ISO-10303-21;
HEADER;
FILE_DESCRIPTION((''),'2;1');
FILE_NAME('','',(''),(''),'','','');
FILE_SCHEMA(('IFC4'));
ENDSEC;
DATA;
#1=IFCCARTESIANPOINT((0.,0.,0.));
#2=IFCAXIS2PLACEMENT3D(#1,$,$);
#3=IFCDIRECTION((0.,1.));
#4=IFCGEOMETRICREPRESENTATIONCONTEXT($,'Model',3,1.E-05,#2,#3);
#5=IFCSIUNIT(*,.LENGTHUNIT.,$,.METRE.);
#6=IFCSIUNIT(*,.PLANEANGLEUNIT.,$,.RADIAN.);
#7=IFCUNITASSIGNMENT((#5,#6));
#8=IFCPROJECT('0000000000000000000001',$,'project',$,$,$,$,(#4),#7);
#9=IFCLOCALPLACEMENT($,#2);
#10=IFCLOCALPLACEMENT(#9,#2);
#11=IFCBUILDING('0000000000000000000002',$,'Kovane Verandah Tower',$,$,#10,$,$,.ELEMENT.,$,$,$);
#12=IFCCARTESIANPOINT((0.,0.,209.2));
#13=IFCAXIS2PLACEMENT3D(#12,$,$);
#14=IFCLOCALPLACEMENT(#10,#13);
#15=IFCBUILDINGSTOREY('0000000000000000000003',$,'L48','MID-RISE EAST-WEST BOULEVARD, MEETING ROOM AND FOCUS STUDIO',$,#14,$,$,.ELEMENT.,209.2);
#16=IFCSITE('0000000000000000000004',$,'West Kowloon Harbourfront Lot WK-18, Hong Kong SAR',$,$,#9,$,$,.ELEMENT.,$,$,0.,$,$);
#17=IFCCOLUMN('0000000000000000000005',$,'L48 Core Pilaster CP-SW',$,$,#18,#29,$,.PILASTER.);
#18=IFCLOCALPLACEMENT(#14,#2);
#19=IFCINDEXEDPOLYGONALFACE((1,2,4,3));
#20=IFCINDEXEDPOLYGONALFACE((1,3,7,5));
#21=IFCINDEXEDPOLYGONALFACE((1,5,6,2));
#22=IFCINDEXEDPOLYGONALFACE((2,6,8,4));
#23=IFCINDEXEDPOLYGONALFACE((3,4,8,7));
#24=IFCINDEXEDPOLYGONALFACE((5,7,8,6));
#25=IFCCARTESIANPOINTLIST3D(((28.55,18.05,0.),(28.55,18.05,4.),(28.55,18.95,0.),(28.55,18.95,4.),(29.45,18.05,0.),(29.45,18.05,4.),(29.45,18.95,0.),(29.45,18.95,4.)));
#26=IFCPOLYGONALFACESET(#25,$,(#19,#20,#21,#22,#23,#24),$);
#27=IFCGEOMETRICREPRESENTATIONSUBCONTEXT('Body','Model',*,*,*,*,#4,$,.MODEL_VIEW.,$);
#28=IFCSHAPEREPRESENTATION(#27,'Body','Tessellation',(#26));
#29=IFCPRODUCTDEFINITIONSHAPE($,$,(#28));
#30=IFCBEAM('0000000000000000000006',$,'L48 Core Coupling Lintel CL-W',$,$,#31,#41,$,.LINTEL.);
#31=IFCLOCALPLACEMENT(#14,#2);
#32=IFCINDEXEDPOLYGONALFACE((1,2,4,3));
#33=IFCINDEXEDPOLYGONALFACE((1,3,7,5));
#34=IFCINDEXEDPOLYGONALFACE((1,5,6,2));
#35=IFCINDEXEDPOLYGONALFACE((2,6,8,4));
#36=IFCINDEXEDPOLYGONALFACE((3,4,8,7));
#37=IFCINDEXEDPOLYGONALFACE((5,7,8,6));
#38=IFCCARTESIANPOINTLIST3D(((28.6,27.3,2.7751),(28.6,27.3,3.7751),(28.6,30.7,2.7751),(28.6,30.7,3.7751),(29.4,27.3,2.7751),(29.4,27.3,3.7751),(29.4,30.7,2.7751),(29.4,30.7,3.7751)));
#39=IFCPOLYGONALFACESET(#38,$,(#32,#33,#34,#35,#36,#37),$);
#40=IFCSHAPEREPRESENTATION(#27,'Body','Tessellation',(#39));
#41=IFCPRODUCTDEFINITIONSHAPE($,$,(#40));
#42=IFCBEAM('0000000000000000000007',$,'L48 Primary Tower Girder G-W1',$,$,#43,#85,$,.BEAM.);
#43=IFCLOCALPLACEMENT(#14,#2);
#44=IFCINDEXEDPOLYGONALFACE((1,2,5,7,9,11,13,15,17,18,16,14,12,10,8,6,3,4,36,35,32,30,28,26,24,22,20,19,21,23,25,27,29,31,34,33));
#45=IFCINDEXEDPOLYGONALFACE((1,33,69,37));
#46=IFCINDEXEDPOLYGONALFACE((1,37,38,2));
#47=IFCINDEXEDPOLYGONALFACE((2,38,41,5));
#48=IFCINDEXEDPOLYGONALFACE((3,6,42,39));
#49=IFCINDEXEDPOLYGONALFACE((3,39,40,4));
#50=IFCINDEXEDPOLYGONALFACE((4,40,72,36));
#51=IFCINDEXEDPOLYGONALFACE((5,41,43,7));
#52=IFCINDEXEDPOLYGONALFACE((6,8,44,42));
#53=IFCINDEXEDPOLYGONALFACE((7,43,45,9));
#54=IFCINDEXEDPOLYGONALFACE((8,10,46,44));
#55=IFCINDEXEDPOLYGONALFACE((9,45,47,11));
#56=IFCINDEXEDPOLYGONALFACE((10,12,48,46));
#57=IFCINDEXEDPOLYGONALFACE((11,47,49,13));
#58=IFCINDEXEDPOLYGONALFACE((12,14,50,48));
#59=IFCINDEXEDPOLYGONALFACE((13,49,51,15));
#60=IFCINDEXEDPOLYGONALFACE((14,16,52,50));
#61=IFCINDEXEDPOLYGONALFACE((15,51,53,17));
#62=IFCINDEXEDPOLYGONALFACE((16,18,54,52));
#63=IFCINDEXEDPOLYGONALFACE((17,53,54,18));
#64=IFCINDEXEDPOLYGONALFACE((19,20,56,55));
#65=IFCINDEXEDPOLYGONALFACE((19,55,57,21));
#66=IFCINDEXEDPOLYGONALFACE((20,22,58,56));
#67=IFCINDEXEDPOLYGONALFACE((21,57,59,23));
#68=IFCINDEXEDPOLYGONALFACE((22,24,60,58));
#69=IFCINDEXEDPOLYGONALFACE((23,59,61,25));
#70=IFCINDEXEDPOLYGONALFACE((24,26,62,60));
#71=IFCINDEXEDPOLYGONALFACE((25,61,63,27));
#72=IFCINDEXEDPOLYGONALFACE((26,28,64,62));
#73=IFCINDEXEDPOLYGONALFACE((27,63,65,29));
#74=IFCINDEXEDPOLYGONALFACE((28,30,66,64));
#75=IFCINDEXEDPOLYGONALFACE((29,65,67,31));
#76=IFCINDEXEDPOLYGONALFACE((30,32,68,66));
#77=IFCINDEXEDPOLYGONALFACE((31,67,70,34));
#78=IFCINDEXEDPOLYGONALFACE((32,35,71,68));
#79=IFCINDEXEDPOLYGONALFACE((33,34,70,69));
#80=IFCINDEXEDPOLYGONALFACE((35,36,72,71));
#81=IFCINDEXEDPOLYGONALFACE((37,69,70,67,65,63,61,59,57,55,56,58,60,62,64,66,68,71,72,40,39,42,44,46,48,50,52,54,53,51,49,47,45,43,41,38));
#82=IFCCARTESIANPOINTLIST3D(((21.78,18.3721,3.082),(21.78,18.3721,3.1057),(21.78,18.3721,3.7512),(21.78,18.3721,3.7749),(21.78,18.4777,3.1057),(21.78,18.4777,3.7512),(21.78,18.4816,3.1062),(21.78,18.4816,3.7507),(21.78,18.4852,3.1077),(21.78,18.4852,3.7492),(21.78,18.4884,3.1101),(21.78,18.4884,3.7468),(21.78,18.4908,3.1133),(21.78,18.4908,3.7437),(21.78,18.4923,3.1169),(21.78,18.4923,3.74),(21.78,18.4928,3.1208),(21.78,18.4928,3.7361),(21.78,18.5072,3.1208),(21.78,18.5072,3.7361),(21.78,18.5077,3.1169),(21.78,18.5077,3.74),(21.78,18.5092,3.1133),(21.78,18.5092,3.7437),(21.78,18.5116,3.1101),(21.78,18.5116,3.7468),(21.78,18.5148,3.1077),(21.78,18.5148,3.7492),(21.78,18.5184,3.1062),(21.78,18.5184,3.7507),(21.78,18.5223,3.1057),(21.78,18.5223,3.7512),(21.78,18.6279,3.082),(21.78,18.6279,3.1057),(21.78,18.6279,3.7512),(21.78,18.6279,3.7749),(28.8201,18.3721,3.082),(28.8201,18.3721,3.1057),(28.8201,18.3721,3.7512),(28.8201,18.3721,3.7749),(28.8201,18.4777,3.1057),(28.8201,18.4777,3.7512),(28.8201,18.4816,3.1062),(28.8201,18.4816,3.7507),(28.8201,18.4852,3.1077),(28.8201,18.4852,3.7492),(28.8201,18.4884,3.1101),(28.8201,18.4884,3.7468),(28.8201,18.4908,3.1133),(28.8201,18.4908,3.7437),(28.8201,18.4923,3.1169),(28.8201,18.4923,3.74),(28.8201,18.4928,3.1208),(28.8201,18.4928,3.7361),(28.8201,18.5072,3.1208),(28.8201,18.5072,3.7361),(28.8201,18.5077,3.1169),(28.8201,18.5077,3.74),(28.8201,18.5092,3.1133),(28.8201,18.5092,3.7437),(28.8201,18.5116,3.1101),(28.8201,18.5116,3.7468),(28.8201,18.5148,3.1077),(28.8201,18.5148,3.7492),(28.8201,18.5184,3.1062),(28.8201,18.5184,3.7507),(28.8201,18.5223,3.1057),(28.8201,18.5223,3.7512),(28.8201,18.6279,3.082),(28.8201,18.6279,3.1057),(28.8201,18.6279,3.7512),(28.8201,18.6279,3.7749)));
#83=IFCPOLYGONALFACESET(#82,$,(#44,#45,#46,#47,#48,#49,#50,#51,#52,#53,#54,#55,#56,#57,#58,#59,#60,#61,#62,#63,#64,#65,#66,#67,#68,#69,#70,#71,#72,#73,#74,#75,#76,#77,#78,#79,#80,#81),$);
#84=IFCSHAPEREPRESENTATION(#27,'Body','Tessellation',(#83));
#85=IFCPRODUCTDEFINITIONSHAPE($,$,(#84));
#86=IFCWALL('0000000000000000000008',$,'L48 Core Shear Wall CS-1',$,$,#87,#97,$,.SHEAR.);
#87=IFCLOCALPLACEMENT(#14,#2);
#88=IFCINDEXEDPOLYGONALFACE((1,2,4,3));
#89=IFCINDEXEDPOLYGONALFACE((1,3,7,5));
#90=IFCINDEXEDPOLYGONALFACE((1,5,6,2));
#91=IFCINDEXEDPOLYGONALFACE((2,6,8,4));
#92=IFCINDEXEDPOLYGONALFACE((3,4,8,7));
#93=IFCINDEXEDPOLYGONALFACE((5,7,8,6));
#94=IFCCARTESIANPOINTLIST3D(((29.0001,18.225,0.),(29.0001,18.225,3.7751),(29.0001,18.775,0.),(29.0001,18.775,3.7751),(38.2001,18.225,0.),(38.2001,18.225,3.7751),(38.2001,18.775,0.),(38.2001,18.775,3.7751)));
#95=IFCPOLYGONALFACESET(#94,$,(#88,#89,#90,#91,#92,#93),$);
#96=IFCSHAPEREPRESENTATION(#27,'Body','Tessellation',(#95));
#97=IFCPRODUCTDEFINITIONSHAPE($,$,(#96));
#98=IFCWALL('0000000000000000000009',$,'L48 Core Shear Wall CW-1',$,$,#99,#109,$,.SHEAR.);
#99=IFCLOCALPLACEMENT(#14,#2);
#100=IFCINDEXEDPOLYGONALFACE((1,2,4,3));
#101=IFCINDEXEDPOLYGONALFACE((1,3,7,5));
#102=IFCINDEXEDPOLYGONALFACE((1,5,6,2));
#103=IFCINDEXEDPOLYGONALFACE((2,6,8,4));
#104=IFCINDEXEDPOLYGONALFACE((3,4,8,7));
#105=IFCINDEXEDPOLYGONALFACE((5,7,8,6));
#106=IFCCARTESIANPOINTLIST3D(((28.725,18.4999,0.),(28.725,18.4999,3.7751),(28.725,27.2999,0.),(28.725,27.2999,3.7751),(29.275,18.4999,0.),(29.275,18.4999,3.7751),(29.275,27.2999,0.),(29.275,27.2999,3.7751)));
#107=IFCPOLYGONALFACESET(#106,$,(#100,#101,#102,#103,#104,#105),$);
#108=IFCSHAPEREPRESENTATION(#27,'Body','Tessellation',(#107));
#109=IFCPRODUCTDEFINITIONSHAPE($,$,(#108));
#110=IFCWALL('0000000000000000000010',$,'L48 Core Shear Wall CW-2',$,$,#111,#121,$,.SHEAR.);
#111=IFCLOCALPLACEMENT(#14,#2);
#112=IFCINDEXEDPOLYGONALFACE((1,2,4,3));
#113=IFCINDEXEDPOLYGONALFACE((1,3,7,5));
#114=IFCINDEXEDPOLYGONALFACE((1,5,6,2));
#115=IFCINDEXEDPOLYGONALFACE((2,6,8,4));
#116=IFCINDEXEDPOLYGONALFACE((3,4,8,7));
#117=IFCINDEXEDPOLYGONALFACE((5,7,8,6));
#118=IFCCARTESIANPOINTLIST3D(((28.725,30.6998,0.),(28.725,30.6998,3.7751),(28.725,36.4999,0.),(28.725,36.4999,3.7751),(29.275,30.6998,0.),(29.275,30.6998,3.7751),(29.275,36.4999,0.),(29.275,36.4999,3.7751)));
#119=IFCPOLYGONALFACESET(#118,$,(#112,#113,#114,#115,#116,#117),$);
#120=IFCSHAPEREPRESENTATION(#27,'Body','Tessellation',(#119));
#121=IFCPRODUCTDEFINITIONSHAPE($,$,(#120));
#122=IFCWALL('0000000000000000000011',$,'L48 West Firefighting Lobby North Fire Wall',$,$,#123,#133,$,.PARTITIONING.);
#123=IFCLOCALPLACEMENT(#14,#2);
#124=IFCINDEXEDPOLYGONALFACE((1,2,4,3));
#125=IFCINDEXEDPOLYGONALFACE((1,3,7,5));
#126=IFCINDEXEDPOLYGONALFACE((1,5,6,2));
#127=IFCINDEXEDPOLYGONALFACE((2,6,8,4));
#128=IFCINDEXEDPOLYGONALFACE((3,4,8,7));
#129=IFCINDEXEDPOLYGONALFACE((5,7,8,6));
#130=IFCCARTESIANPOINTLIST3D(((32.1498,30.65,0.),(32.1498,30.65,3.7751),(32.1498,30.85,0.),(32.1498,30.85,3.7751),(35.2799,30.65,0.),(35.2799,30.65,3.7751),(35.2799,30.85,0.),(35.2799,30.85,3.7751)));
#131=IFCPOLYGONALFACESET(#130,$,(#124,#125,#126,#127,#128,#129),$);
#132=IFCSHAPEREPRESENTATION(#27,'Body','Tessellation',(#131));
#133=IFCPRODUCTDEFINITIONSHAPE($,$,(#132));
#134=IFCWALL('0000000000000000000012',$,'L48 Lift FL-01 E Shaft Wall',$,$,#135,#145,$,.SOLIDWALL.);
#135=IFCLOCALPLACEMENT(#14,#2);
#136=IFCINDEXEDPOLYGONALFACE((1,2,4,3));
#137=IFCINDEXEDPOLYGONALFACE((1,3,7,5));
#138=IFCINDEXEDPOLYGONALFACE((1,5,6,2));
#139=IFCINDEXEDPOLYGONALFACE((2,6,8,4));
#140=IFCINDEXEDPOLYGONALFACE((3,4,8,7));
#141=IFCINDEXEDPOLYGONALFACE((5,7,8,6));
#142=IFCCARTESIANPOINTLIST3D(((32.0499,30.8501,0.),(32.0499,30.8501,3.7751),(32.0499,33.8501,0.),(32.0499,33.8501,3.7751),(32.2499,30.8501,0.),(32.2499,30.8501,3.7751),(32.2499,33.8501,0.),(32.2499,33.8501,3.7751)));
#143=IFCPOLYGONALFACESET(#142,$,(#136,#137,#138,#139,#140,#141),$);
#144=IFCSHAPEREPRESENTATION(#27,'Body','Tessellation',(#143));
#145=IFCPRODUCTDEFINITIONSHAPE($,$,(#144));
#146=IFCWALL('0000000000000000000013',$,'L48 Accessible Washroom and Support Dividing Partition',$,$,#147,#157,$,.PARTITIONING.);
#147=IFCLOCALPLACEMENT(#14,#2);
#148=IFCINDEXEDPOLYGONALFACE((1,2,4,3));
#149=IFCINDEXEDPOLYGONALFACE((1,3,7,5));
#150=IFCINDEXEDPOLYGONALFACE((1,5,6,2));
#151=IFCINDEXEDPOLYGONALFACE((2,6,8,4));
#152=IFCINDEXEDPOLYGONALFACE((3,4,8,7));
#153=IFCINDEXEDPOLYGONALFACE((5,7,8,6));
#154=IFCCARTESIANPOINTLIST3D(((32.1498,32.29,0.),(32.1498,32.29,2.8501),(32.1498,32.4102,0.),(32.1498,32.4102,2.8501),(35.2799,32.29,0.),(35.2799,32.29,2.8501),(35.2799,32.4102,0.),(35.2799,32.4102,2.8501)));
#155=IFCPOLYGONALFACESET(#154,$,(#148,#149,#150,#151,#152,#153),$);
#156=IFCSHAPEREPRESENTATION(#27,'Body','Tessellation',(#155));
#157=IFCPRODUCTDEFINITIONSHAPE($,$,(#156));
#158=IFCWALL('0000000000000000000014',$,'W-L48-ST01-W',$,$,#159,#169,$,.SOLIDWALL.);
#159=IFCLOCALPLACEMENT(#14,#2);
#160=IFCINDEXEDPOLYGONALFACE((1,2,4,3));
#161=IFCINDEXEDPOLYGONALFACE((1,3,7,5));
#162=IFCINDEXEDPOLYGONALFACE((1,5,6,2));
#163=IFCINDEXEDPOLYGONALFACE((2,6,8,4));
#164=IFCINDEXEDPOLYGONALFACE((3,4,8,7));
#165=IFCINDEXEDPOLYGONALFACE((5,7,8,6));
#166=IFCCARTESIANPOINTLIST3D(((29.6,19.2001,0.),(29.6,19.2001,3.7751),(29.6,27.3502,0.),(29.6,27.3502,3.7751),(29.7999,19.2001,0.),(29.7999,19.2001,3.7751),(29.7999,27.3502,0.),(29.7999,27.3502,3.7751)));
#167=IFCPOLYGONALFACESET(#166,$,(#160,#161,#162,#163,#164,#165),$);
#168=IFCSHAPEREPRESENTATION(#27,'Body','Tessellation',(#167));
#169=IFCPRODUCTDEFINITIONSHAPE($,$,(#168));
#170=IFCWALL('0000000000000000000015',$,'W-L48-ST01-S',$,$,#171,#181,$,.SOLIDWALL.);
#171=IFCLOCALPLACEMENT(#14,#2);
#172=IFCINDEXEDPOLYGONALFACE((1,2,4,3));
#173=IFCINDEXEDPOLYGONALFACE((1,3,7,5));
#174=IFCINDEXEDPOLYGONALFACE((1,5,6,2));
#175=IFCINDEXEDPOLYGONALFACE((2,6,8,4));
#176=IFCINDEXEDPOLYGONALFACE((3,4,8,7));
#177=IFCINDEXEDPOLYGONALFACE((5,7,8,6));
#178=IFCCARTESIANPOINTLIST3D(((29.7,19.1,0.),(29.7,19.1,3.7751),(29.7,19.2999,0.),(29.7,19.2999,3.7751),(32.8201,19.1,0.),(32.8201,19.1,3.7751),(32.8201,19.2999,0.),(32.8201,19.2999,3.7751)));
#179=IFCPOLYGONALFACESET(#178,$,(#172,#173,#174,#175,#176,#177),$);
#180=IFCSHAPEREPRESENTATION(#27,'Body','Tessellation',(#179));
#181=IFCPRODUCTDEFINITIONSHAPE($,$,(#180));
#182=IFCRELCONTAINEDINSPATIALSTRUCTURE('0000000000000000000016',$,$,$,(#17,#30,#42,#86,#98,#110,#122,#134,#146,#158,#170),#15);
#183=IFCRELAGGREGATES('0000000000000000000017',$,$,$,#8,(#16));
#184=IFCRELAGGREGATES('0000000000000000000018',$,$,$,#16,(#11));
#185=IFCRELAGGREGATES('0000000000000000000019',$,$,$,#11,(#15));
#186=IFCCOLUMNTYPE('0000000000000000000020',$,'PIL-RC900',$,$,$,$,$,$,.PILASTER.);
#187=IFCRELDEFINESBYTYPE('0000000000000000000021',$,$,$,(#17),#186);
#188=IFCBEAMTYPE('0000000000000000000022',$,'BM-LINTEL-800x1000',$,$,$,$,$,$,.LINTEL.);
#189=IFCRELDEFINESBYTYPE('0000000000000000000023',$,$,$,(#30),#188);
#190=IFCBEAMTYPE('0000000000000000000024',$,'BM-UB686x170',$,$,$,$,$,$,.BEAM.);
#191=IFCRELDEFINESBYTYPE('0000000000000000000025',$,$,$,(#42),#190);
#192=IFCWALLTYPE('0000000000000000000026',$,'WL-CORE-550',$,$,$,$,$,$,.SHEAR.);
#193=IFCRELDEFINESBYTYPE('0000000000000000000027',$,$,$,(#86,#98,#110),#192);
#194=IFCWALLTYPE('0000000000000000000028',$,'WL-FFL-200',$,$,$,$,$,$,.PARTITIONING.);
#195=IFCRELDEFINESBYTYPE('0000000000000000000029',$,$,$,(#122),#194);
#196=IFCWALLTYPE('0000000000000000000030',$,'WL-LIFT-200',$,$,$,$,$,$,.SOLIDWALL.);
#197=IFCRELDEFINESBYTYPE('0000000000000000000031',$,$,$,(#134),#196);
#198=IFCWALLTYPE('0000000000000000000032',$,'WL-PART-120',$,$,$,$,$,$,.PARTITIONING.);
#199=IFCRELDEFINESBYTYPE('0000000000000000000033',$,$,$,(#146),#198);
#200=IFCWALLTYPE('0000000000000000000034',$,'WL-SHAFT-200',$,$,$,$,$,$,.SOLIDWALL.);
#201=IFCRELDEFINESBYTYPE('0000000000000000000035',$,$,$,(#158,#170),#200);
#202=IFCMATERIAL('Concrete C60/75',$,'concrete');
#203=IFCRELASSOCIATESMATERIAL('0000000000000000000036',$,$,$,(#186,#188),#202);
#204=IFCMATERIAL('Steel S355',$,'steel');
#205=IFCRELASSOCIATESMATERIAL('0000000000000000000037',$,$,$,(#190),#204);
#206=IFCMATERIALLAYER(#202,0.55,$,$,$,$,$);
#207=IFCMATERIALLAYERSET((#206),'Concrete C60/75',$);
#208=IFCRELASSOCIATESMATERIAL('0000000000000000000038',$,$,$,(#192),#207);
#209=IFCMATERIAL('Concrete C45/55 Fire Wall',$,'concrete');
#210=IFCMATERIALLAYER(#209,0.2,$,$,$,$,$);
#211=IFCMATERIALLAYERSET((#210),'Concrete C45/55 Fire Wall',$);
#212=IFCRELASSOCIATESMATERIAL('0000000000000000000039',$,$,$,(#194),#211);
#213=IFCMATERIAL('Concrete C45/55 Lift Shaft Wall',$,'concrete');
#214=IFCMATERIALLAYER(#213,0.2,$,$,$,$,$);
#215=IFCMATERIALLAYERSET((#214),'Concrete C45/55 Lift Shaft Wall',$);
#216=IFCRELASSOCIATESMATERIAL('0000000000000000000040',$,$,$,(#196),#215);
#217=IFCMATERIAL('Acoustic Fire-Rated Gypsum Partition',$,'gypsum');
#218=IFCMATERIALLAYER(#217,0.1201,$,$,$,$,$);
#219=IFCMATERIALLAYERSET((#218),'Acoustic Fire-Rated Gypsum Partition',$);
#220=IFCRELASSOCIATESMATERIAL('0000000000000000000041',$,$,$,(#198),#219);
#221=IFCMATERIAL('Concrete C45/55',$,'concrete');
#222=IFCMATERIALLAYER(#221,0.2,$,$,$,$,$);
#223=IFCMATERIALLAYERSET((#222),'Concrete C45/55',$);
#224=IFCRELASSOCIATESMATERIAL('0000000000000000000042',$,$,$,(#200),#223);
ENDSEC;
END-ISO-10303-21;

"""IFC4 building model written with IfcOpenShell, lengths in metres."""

from ifc_helpers import new_model, si_unit, direction, frame, frame_2d, origin, origin_2d, place, context, subcontext, project, spatial, rectangle, i_section, extrude, material, layer, layer_set, material_profile, profile_set, type_object, element, save


model = new_model("IFC4")

# Units and contexts
model_context = context("Model", 3, precision=1e-05, world=origin(), true_north=direction((0.0, 1.0)))
body_context = subcontext(model_context, "Body", "Model", "MODEL_VIEW")
ifc_project = project(units=[si_unit("LENGTHUNIT", "METRE"), si_unit("PLANEANGLEUNIT", "RADIAN")], contexts=[model_context])

# Site, building, storey
site_placement = place(None, origin())
site = spatial("IfcSite", under=ifc_project, at=site_placement, Name="West Kowloon Harbourfront Lot WK-18, Hong Kong SAR", CompositionType="ELEMENT", RefElevation=0.0)
building_placement = place(site_placement, origin())
building = spatial("IfcBuilding", under=site, at=building_placement, Name="Kovane Verandah Tower", CompositionType="ELEMENT")
storey_placement = place(building_placement, frame((0.0, 0.0, 209.2)))
storey = spatial("IfcBuildingStorey", under=building, at=storey_placement, Name="L48", Description="MID-RISE EAST-WEST BOULEVARD, MEETING ROOM AND FOCUS STUDIO", CompositionType="ELEMENT", Elevation=209.2)

# Column
ifc_material_1 = material(Name="Concrete C60/75", Category="concrete")
ifc_material_profile_1 = material_profile(ifc_material_1, rectangle(XDim=0.8999, YDim=0.8999, at=origin_2d()), Name="RC900x900")
ifc_profile_set_1 = profile_set([ifc_material_profile_1], Name="Concrete C60/75")
column_type = type_object("IfcColumnType", Name="PIL-RC900", PredefinedType="PILASTER", material=ifc_profile_set_1)
column_placement = place(storey_placement, frame((29.0, 18.5, 0.0), z_axis=(0.0, 0.0, 1.0), x_axis=(1.0, 0.0, 0.0)))
element("IfcColumn", 1, at=column_placement, inside=storey, type_object=column_type, Name="L48 Core Pilaster CP-SW", PredefinedType="PILASTER", context=body_context, shape_type="SweptSolid", body=[
    extrude(rectangle(XDim=0.8999, YDim=0.8999, at=origin_2d()), origin(), (0.0, 0.0, 1.0), 4.0),
])

# Beams
ifc_material_profile_2 = material_profile(ifc_material_1, rectangle(XDim=0.8, YDim=1.0, at=origin_2d()), Name="RCB800x1000")
ifc_profile_set_2 = profile_set([ifc_material_profile_2], Name="Concrete C60/75")
beam_type_1 = type_object("IfcBeamType", Name="BM-LINTEL-800x1000", PredefinedType="LINTEL", material=ifc_profile_set_2)
beam_1_placement = place(storey_placement, frame((29.0, 27.3, 3.2751), z_axis=(0.0, 1.0, 0.0), x_axis=(-1.0, 0.0, 0.0)))
element("IfcBeam", 2, at=beam_1_placement, inside=storey, type_object=beam_type_1, Name="L48 Core Coupling Lintel CL-W", PredefinedType="LINTEL", context=body_context, shape_type="SweptSolid", body=[
    extrude(rectangle(XDim=0.8, YDim=1.0, at=origin_2d()), origin(), (0.0, 0.0, 1.0), 3.3999),
])
ifc_material_2 = material(Name="Steel S355", Category="steel")
ifc_material_profile_3 = material_profile(ifc_material_2, i_section(OverallWidth=0.2559, OverallDepth=0.6929, WebThickness=0.0144, FlangeThickness=0.0237, FilletRadius=0.0151, at=origin_2d()), Name="UB686x254x170")
ifc_profile_set_3 = profile_set([ifc_material_profile_3], Name="Steel S355")
beam_type_2 = type_object("IfcBeamType", Name="BM-UB686x170", PredefinedType="BEAM", material=ifc_profile_set_3)
beam_2_placement = place(storey_placement, frame((28.8201, 18.5, 3.4285), z_axis=(-1.0, 0.0, 0.0), x_axis=(0.0, -1.0, 0.0)))
element("IfcBeam", 3, at=beam_2_placement, inside=storey, type_object=beam_type_2, Name="L48 Primary Tower Girder G-W1", PredefinedType="BEAM", context=body_context, shape_type="SweptSolid", body=[
    extrude(i_section(OverallWidth=0.2559, OverallDepth=0.6929, WebThickness=0.0144, FlangeThickness=0.0237, FilletRadius=0.0151, at=origin_2d()), origin(), (0.0, 0.0, 1.0), 7.04),
])

# Walls
ifc_layer_1 = layer(ifc_material_1, 0.55)
ifc_layer_set_1 = layer_set([ifc_layer_1], Name="Concrete C60/75")
wall_type_1 = type_object("IfcWallType", Name="WL-CORE-550", PredefinedType="SHEAR", material=ifc_layer_set_1)
wall_1_placement = place(storey_placement, frame((29.0, 18.5, 0.0), z_axis=(0.0, 0.0, 1.0), x_axis=(1.0, 0.0, 0.0)))
element("IfcWall", 4, at=wall_1_placement, inside=storey, type_object=wall_type_1, Name="L48 Core Shear Wall CS-1", PredefinedType="SHEAR", context=body_context, shape_type="SweptSolid", body=[
    extrude(rectangle(XDim=9.2, YDim=0.55, at=frame_2d((4.6001, 0.0))), origin(), (0.0, 0.0, 1.0), 3.7751),
])
wall_2_placement = place(storey_placement, frame((29.0, 18.5, 0.0), z_axis=(0.0, 0.0, 1.0), x_axis=(0.0, 1.0, 0.0)))
element("IfcWall", 5, at=wall_2_placement, inside=storey, type_object=wall_type_1, Name="L48 Core Shear Wall CW-1", PredefinedType="SHEAR", context=body_context, shape_type="SweptSolid", body=[
    extrude(rectangle(XDim=8.8, YDim=0.55, at=frame_2d((4.3999, 0.0))), origin(), (0.0, 0.0, 1.0), 3.7751),
])
wall_3_placement = place(storey_placement, frame((29.0, 30.7, 0.0), z_axis=(0.0, 0.0, 1.0), x_axis=(0.0, 1.0, 0.0)))
element("IfcWall", 6, at=wall_3_placement, inside=storey, type_object=wall_type_1, Name="L48 Core Shear Wall CW-2", PredefinedType="SHEAR", context=body_context, shape_type="SweptSolid", body=[
    extrude(rectangle(XDim=5.8, YDim=0.55, at=frame_2d((2.8999, 0.0))), origin(), (0.0, 0.0, 1.0), 3.7751),
])

# Shared definitions
ifc_material_3 = material(Name="Concrete C45/55 Fire Wall", Category="concrete")
ifc_layer_2 = layer(ifc_material_3, 0.2)
ifc_layer_set_2 = layer_set([ifc_layer_2], Name="Concrete C45/55 Fire Wall")
wall_type_2 = type_object("IfcWallType", Name="WL-FFL-200", PredefinedType="PARTITIONING", material=ifc_layer_set_2)

# Wall
wall_4_placement = place(storey_placement, frame((32.1499, 30.75, 0.0), z_axis=(0.0, 0.0, 1.0), x_axis=(1.0, 0.0, 0.0)))
element("IfcWall", 7, at=wall_4_placement, inside=storey, type_object=wall_type_2, Name="L48 West Firefighting Lobby North Fire Wall", PredefinedType="PARTITIONING", context=body_context, shape_type="SweptSolid", body=[
    extrude(rectangle(XDim=3.1301, YDim=0.2, at=frame_2d((1.5649, 0.0))), origin(), (0.0, 0.0, 1.0), 3.7751),
])

# Shared definitions
ifc_material_4 = material(Name="Concrete C45/55 Lift Shaft Wall", Category="concrete")
ifc_layer_3 = layer(ifc_material_4, 0.2)
ifc_layer_set_3 = layer_set([ifc_layer_3], Name="Concrete C45/55 Lift Shaft Wall")
wall_type_3 = type_object("IfcWallType", Name="WL-LIFT-200", PredefinedType="SOLIDWALL", material=ifc_layer_set_3)

# Walls
wall_5_placement = place(storey_placement, frame((32.1499, 30.8501, 0.0), z_axis=(0.0, 0.0, 1.0), x_axis=(0.0, 1.0, 0.0)))
element("IfcWall", 8, at=wall_5_placement, inside=storey, type_object=wall_type_3, Name="L48 Lift FL-01 E Shaft Wall", PredefinedType="SOLIDWALL", context=body_context, shape_type="SweptSolid", body=[
    extrude(rectangle(XDim=3.0, YDim=0.2, at=frame_2d((1.5, 0.0))), origin(), (0.0, 0.0, 1.0), 3.7751),
])
ifc_material_5 = material(Name="Acoustic Fire-Rated Gypsum Partition", Category="gypsum")
ifc_layer_4 = layer(ifc_material_5, 0.1201)
ifc_layer_set_4 = layer_set([ifc_layer_4], Name="Acoustic Fire-Rated Gypsum Partition")
wall_type_4 = type_object("IfcWallType", Name="WL-PART-120", PredefinedType="PARTITIONING", material=ifc_layer_set_4)
wall_6_placement = place(storey_placement, frame((32.1499, 32.3501, 0.0), z_axis=(0.0, 0.0, 1.0), x_axis=(1.0, 0.0, 0.0)))
element("IfcWall", 9, at=wall_6_placement, inside=storey, type_object=wall_type_4, Name="L48 Accessible Washroom and Support Dividing Partition", PredefinedType="PARTITIONING", context=body_context, shape_type="SweptSolid", body=[
    extrude(rectangle(XDim=3.1301, YDim=0.1201, at=frame_2d((1.5649, 0.0))), origin(), (0.0, 0.0, 1.0), 2.8501),
])
ifc_material_6 = material(Name="Concrete C45/55", Category="concrete")
ifc_layer_5 = layer(ifc_material_6, 0.2)
ifc_layer_set_5 = layer_set([ifc_layer_5], Name="Concrete C45/55")
wall_type_5 = type_object("IfcWallType", Name="WL-SHAFT-200", PredefinedType="SOLIDWALL", material=ifc_layer_set_5)
wall_7_placement = place(storey_placement, frame((29.7, 19.2, 0.0), z_axis=(0.0, 0.0, 1.0), x_axis=(0.0, 1.0, 0.0)))
element("IfcWall", 10, at=wall_7_placement, inside=storey, type_object=wall_type_5, Name="W-L48-ST01-W", PredefinedType="SOLIDWALL", context=body_context, shape_type="SweptSolid", body=[
    extrude(rectangle(XDim=8.1501, YDim=0.2, at=frame_2d((4.0752, 0.0))), origin(), (0.0, 0.0, 1.0), 3.7751),
])
wall_8_placement = place(storey_placement, frame((29.7, 19.2, 0.0), z_axis=(0.0, 0.0, 1.0), x_axis=(1.0, 0.0, 0.0)))
element("IfcWall", 11, at=wall_8_placement, inside=storey, type_object=wall_type_5, Name="W-L48-ST01-S", PredefinedType="SOLIDWALL", context=body_context, shape_type="SweptSolid", body=[
    extrude(rectangle(XDim=3.1201, YDim=0.2, at=frame_2d((1.5601, 0.0))), origin(), (0.0, 0.0, 1.0), 3.7751),
])

save(model, "model.ifc")
